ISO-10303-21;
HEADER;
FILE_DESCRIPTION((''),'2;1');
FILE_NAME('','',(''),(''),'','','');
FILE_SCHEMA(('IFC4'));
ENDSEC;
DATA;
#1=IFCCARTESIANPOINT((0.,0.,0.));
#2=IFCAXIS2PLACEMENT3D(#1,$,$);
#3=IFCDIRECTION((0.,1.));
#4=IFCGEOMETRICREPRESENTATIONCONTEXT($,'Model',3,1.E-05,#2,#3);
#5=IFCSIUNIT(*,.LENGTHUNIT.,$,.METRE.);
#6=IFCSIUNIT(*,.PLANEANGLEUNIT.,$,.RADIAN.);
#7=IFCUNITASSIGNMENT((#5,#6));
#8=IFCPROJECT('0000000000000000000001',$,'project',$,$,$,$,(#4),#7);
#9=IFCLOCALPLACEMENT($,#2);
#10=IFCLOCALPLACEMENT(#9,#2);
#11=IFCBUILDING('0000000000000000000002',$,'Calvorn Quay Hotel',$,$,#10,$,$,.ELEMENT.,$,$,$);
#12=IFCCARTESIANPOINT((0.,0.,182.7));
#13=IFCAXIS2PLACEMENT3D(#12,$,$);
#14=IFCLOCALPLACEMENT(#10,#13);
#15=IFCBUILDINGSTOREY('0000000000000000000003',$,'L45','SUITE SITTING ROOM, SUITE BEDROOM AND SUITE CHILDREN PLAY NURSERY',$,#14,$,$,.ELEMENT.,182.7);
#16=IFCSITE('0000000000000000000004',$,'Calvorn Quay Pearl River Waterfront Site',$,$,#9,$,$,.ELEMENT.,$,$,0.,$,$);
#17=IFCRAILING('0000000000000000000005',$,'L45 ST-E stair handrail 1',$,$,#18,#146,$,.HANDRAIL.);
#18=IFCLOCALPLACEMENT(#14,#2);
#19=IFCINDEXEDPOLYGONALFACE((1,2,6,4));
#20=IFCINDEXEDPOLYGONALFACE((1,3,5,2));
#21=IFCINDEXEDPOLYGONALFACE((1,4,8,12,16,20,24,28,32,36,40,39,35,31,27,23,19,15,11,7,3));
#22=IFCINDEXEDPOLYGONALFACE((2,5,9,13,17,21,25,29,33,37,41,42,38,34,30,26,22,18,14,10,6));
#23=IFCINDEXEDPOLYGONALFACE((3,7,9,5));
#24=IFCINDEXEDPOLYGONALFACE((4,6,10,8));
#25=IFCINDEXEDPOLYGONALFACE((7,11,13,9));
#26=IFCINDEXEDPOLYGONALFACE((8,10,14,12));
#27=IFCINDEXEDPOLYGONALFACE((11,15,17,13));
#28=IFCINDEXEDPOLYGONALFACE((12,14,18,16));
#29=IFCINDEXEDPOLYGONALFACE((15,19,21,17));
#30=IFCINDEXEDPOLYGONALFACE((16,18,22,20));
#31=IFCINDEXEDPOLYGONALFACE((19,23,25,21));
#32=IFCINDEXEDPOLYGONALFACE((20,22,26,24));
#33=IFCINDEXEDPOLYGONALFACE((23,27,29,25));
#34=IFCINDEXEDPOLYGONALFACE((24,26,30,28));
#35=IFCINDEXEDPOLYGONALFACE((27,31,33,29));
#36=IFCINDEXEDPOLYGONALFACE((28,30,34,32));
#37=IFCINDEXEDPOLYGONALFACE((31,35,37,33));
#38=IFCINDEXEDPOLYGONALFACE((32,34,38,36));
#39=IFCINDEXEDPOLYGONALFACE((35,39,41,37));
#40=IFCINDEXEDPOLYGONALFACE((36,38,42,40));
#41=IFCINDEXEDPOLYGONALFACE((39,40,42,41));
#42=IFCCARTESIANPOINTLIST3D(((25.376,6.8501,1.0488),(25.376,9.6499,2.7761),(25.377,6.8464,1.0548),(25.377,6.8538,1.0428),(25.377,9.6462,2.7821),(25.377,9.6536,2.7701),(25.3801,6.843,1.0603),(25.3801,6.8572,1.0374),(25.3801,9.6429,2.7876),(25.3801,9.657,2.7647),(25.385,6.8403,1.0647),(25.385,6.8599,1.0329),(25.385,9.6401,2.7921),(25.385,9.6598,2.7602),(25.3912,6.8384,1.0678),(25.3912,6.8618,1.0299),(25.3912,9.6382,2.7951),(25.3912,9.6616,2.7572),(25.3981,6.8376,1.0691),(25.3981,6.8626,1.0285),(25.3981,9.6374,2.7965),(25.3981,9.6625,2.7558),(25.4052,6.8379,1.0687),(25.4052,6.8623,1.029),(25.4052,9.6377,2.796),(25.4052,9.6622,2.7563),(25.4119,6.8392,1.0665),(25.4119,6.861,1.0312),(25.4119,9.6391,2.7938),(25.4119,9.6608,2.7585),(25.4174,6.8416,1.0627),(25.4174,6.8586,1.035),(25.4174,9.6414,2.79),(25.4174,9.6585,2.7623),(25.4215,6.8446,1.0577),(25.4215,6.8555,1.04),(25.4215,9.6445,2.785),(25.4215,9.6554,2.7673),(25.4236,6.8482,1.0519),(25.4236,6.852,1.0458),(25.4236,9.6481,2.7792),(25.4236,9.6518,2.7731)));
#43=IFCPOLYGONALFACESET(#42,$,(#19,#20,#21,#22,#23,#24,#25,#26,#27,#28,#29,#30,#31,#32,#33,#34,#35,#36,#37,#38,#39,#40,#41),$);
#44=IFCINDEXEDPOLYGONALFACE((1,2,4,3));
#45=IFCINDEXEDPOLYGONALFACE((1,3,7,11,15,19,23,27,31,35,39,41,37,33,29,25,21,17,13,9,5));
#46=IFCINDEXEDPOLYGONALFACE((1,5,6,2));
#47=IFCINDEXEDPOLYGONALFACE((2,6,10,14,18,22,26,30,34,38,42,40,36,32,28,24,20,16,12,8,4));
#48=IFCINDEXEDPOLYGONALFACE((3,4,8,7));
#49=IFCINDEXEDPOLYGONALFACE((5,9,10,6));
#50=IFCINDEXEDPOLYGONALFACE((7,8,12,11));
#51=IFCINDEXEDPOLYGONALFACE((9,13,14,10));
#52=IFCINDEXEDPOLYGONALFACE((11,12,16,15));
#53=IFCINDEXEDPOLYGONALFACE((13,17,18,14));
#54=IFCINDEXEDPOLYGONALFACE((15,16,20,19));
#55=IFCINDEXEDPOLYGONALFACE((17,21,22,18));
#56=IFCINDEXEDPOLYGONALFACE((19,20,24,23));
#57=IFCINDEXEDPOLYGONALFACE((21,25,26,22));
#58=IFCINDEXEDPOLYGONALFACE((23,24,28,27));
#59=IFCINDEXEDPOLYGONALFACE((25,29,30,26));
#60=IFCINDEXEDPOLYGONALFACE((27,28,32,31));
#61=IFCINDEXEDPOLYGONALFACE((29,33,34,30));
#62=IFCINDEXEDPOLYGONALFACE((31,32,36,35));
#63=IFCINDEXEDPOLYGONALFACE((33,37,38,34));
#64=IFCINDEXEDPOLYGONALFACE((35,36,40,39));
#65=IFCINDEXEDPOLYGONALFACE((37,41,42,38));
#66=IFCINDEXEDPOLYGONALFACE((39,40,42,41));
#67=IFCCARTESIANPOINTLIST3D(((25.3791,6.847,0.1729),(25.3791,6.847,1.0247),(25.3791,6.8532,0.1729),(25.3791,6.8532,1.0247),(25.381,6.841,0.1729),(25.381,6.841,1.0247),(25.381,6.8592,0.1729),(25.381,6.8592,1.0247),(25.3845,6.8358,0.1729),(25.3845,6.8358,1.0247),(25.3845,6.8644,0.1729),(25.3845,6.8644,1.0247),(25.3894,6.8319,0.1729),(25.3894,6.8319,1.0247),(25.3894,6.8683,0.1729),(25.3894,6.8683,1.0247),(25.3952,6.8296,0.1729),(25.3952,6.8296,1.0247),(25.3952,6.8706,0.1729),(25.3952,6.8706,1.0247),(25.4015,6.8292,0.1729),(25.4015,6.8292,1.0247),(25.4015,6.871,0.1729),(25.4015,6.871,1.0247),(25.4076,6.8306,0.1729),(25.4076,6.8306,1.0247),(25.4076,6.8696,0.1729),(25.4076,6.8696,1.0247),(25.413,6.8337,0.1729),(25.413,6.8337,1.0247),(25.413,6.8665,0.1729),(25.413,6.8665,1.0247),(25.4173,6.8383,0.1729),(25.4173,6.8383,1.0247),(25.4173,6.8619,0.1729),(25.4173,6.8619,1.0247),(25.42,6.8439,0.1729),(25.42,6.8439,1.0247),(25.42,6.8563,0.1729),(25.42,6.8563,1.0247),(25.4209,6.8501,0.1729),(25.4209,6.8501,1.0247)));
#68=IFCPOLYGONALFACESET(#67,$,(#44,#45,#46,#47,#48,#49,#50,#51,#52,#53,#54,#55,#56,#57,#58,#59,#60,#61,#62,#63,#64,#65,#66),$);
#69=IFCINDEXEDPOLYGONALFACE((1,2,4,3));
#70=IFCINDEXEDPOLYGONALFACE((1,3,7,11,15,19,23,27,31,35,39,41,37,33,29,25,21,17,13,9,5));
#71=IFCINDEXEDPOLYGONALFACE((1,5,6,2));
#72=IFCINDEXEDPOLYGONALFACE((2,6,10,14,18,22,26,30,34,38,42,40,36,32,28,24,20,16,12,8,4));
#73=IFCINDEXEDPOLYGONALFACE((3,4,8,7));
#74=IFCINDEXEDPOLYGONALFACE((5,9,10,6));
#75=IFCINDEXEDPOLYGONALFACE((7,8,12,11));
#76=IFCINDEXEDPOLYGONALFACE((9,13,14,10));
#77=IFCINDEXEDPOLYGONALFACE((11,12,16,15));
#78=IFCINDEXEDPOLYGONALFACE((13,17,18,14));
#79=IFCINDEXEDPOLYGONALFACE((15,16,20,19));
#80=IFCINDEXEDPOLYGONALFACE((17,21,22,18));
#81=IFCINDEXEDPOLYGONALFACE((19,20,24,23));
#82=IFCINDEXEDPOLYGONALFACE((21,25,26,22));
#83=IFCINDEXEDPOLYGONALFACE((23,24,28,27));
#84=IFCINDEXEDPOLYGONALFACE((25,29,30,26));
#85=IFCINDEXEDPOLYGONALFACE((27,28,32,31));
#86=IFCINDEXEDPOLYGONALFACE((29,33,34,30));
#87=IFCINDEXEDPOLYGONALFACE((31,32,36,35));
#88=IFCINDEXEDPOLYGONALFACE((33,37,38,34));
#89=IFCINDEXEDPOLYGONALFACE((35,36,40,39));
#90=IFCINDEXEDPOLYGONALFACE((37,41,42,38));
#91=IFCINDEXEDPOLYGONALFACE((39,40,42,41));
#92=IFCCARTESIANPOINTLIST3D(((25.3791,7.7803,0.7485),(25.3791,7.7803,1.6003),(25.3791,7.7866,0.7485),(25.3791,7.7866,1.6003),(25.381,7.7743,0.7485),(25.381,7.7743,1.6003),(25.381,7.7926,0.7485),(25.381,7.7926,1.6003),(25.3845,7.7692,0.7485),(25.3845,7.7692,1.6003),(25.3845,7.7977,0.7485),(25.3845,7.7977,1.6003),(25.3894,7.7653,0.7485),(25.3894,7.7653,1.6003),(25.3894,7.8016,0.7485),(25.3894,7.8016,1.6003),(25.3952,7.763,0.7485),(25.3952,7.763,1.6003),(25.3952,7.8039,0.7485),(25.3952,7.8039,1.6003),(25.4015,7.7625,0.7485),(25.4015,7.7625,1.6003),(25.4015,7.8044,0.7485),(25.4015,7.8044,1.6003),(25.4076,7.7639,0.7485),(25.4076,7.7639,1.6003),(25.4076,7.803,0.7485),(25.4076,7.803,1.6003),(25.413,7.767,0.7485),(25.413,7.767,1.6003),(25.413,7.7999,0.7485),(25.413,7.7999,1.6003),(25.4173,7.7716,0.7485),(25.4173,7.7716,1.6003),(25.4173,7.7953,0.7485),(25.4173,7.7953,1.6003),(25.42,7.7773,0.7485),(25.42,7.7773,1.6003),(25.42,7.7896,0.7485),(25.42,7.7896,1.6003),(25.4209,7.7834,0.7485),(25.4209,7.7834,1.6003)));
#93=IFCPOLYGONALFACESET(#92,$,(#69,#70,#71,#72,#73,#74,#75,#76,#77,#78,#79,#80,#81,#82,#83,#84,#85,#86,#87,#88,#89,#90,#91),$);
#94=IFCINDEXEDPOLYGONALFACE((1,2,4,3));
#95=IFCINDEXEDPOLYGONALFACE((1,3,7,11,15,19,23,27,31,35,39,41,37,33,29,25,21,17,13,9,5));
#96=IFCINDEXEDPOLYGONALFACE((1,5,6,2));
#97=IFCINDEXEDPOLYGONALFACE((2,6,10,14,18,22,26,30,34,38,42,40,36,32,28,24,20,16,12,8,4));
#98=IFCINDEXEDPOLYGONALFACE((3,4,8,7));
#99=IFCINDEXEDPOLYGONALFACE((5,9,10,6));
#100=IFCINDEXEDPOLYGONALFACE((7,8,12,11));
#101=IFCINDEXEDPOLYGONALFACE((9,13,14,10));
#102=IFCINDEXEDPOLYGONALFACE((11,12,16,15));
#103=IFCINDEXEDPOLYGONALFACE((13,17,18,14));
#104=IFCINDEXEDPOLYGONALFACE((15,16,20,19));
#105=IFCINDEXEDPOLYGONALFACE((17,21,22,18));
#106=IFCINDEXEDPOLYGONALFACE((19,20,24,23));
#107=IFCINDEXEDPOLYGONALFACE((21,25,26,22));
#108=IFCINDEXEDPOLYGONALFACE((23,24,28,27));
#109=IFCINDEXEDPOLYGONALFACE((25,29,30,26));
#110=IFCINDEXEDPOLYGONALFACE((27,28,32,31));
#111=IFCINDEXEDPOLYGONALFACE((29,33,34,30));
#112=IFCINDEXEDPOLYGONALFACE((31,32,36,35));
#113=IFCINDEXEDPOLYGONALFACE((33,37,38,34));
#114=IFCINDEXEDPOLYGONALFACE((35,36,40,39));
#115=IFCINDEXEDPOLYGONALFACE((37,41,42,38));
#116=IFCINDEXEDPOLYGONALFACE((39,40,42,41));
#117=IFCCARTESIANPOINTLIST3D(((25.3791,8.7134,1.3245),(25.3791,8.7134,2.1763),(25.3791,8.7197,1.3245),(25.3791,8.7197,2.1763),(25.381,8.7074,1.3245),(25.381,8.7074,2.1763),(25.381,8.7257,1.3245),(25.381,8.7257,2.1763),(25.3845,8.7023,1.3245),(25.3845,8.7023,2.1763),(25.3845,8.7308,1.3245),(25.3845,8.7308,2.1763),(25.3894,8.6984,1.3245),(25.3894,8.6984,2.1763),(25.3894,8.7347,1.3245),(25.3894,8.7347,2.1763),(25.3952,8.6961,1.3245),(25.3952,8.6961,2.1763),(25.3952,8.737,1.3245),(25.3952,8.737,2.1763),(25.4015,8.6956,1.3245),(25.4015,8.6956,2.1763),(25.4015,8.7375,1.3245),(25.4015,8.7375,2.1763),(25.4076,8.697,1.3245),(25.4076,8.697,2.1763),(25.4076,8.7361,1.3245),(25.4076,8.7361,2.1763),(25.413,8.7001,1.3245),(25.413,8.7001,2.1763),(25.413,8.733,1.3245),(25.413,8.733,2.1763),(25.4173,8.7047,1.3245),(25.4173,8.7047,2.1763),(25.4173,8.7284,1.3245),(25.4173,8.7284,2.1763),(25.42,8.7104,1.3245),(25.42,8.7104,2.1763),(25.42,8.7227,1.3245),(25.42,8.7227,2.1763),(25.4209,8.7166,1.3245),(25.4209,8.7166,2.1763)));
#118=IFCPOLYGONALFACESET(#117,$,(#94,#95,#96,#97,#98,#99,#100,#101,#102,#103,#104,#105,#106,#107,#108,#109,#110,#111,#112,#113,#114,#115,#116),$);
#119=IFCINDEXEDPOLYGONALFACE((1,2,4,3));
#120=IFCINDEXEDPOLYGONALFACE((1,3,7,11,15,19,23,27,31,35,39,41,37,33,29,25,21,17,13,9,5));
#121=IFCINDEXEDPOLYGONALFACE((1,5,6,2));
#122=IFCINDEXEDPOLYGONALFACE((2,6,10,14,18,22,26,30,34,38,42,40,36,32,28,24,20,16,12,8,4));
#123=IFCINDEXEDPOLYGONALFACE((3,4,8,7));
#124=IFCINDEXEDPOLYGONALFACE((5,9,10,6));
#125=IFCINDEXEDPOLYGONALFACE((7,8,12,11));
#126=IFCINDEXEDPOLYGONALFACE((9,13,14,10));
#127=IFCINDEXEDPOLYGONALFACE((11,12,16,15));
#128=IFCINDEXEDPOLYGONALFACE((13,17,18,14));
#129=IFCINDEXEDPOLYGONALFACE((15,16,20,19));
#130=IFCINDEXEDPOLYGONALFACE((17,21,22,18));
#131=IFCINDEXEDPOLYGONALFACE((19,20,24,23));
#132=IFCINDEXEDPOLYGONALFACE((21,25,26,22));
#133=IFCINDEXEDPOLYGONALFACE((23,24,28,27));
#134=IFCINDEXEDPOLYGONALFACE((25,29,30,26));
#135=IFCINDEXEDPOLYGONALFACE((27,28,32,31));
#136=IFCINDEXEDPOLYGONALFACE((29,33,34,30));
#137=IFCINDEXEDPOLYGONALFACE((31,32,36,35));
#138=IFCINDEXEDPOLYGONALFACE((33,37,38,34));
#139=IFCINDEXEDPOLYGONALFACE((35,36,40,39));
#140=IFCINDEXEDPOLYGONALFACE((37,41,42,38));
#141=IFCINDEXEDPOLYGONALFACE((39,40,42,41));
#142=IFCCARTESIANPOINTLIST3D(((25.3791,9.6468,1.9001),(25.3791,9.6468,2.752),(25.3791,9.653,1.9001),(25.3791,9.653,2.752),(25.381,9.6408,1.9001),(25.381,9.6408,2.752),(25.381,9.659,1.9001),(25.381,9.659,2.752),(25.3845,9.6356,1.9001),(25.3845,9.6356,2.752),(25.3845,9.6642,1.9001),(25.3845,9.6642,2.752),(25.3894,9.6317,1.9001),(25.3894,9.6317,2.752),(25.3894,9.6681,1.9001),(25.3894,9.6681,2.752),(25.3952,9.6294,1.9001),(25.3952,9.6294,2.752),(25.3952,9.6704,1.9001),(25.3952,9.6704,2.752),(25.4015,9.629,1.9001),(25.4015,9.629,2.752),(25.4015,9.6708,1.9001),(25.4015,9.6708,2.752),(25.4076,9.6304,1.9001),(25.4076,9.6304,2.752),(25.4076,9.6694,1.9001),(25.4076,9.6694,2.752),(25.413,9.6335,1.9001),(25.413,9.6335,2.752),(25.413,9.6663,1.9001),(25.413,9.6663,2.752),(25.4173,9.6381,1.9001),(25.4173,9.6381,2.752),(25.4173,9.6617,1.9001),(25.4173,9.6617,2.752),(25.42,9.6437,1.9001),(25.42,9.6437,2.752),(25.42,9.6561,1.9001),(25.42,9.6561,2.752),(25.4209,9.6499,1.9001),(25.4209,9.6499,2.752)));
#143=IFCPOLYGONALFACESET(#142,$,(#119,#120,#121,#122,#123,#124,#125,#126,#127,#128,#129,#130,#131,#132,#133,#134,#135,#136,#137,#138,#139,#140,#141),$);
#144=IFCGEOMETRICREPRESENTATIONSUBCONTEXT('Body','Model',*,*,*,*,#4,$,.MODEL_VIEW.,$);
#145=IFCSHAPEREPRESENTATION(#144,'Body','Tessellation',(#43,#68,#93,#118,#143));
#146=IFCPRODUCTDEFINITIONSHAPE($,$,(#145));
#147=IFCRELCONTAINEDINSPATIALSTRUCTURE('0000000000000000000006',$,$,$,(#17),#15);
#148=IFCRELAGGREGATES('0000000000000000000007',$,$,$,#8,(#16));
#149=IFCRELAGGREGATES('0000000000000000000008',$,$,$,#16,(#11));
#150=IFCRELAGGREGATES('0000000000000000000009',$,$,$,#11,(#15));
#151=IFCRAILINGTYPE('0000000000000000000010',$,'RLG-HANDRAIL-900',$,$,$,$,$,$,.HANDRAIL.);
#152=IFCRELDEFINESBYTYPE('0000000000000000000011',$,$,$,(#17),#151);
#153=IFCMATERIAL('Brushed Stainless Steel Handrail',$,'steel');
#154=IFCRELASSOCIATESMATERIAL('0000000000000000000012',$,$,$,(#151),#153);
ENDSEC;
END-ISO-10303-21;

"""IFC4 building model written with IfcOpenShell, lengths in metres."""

from ifc_helpers import new_model, si_unit, direction, frame, origin, origin_2d, place, context, subcontext, project, spatial, circle, extrude, material, type_object, element, save


model = new_model("IFC4")

# Units and contexts
model_context = context("Model", 3, precision=1e-05, world=origin(), true_north=direction((0.0, 1.0)))
body_context = subcontext(model_context, "Body", "Model", "MODEL_VIEW")
ifc_project = project(units=[si_unit("LENGTHUNIT", "METRE"), si_unit("PLANEANGLEUNIT", "RADIAN")], contexts=[model_context])

# Site, building, storey
site_placement = place(None, origin())
site = spatial("IfcSite", under=ifc_project, at=site_placement, Name="Calvorn Quay Pearl River Waterfront Site", CompositionType="ELEMENT", RefElevation=0.0)
building_placement = place(site_placement, origin())
building = spatial("IfcBuilding", under=site, at=building_placement, Name="Calvorn Quay Hotel", CompositionType="ELEMENT")
storey_placement = place(building_placement, frame((0.0, 0.0, 182.7)))
storey = spatial("IfcBuildingStorey", under=building, at=storey_placement, Name="L45", Description="SUITE SITTING ROOM, SUITE BEDROOM AND SUITE CHILDREN PLAY NURSERY", CompositionType="ELEMENT", Elevation=182.7)

# Railing
ifc_material_1 = material(Name="Brushed Stainless Steel Handrail", Category="steel")
railing_type_1 = type_object("IfcRailingType", Name="RLG-HANDRAIL-900", PredefinedType="HANDRAIL", material=ifc_material_1)
railing_1_placement = place(storey_placement, frame((25.3999, 6.8501, 0.1729)))
element("IfcRailing", 1, at=railing_1_placement, inside=storey, type_object=railing_type_1, Name="L45 ST-E stair handrail 1", PredefinedType="HANDRAIL", context=body_context, shape_type="SweptSolid", body=[
    extrude(circle(Radius=0.0239, at=origin_2d()), frame((0.0, 0.0, 0.876), z_axis=(0.0, 0.851069, 0.525054), x_axis=(-1.0, 0.0, 0.0)), (0.0, 0.0, 1.0), 3.2898),
    extrude(circle(Radius=0.021, at=origin_2d()), origin(), (0.0, 0.0, 1.0), 0.8518),
    extrude(circle(Radius=0.021, at=origin_2d()), frame((0.0, 0.9333, 0.5757)), (0.0, 0.0, 1.0), 0.8518),
    extrude(circle(Radius=0.021, at=origin_2d()), frame((0.0, 1.8665, 1.1516)), (0.0, 0.0, 1.0), 0.8518),
    extrude(circle(Radius=0.021, at=origin_2d()), frame((0.0, 2.7998, 1.7273)), (0.0, 0.0, 1.0), 0.8518),
])

save(model, "model.ifc")
